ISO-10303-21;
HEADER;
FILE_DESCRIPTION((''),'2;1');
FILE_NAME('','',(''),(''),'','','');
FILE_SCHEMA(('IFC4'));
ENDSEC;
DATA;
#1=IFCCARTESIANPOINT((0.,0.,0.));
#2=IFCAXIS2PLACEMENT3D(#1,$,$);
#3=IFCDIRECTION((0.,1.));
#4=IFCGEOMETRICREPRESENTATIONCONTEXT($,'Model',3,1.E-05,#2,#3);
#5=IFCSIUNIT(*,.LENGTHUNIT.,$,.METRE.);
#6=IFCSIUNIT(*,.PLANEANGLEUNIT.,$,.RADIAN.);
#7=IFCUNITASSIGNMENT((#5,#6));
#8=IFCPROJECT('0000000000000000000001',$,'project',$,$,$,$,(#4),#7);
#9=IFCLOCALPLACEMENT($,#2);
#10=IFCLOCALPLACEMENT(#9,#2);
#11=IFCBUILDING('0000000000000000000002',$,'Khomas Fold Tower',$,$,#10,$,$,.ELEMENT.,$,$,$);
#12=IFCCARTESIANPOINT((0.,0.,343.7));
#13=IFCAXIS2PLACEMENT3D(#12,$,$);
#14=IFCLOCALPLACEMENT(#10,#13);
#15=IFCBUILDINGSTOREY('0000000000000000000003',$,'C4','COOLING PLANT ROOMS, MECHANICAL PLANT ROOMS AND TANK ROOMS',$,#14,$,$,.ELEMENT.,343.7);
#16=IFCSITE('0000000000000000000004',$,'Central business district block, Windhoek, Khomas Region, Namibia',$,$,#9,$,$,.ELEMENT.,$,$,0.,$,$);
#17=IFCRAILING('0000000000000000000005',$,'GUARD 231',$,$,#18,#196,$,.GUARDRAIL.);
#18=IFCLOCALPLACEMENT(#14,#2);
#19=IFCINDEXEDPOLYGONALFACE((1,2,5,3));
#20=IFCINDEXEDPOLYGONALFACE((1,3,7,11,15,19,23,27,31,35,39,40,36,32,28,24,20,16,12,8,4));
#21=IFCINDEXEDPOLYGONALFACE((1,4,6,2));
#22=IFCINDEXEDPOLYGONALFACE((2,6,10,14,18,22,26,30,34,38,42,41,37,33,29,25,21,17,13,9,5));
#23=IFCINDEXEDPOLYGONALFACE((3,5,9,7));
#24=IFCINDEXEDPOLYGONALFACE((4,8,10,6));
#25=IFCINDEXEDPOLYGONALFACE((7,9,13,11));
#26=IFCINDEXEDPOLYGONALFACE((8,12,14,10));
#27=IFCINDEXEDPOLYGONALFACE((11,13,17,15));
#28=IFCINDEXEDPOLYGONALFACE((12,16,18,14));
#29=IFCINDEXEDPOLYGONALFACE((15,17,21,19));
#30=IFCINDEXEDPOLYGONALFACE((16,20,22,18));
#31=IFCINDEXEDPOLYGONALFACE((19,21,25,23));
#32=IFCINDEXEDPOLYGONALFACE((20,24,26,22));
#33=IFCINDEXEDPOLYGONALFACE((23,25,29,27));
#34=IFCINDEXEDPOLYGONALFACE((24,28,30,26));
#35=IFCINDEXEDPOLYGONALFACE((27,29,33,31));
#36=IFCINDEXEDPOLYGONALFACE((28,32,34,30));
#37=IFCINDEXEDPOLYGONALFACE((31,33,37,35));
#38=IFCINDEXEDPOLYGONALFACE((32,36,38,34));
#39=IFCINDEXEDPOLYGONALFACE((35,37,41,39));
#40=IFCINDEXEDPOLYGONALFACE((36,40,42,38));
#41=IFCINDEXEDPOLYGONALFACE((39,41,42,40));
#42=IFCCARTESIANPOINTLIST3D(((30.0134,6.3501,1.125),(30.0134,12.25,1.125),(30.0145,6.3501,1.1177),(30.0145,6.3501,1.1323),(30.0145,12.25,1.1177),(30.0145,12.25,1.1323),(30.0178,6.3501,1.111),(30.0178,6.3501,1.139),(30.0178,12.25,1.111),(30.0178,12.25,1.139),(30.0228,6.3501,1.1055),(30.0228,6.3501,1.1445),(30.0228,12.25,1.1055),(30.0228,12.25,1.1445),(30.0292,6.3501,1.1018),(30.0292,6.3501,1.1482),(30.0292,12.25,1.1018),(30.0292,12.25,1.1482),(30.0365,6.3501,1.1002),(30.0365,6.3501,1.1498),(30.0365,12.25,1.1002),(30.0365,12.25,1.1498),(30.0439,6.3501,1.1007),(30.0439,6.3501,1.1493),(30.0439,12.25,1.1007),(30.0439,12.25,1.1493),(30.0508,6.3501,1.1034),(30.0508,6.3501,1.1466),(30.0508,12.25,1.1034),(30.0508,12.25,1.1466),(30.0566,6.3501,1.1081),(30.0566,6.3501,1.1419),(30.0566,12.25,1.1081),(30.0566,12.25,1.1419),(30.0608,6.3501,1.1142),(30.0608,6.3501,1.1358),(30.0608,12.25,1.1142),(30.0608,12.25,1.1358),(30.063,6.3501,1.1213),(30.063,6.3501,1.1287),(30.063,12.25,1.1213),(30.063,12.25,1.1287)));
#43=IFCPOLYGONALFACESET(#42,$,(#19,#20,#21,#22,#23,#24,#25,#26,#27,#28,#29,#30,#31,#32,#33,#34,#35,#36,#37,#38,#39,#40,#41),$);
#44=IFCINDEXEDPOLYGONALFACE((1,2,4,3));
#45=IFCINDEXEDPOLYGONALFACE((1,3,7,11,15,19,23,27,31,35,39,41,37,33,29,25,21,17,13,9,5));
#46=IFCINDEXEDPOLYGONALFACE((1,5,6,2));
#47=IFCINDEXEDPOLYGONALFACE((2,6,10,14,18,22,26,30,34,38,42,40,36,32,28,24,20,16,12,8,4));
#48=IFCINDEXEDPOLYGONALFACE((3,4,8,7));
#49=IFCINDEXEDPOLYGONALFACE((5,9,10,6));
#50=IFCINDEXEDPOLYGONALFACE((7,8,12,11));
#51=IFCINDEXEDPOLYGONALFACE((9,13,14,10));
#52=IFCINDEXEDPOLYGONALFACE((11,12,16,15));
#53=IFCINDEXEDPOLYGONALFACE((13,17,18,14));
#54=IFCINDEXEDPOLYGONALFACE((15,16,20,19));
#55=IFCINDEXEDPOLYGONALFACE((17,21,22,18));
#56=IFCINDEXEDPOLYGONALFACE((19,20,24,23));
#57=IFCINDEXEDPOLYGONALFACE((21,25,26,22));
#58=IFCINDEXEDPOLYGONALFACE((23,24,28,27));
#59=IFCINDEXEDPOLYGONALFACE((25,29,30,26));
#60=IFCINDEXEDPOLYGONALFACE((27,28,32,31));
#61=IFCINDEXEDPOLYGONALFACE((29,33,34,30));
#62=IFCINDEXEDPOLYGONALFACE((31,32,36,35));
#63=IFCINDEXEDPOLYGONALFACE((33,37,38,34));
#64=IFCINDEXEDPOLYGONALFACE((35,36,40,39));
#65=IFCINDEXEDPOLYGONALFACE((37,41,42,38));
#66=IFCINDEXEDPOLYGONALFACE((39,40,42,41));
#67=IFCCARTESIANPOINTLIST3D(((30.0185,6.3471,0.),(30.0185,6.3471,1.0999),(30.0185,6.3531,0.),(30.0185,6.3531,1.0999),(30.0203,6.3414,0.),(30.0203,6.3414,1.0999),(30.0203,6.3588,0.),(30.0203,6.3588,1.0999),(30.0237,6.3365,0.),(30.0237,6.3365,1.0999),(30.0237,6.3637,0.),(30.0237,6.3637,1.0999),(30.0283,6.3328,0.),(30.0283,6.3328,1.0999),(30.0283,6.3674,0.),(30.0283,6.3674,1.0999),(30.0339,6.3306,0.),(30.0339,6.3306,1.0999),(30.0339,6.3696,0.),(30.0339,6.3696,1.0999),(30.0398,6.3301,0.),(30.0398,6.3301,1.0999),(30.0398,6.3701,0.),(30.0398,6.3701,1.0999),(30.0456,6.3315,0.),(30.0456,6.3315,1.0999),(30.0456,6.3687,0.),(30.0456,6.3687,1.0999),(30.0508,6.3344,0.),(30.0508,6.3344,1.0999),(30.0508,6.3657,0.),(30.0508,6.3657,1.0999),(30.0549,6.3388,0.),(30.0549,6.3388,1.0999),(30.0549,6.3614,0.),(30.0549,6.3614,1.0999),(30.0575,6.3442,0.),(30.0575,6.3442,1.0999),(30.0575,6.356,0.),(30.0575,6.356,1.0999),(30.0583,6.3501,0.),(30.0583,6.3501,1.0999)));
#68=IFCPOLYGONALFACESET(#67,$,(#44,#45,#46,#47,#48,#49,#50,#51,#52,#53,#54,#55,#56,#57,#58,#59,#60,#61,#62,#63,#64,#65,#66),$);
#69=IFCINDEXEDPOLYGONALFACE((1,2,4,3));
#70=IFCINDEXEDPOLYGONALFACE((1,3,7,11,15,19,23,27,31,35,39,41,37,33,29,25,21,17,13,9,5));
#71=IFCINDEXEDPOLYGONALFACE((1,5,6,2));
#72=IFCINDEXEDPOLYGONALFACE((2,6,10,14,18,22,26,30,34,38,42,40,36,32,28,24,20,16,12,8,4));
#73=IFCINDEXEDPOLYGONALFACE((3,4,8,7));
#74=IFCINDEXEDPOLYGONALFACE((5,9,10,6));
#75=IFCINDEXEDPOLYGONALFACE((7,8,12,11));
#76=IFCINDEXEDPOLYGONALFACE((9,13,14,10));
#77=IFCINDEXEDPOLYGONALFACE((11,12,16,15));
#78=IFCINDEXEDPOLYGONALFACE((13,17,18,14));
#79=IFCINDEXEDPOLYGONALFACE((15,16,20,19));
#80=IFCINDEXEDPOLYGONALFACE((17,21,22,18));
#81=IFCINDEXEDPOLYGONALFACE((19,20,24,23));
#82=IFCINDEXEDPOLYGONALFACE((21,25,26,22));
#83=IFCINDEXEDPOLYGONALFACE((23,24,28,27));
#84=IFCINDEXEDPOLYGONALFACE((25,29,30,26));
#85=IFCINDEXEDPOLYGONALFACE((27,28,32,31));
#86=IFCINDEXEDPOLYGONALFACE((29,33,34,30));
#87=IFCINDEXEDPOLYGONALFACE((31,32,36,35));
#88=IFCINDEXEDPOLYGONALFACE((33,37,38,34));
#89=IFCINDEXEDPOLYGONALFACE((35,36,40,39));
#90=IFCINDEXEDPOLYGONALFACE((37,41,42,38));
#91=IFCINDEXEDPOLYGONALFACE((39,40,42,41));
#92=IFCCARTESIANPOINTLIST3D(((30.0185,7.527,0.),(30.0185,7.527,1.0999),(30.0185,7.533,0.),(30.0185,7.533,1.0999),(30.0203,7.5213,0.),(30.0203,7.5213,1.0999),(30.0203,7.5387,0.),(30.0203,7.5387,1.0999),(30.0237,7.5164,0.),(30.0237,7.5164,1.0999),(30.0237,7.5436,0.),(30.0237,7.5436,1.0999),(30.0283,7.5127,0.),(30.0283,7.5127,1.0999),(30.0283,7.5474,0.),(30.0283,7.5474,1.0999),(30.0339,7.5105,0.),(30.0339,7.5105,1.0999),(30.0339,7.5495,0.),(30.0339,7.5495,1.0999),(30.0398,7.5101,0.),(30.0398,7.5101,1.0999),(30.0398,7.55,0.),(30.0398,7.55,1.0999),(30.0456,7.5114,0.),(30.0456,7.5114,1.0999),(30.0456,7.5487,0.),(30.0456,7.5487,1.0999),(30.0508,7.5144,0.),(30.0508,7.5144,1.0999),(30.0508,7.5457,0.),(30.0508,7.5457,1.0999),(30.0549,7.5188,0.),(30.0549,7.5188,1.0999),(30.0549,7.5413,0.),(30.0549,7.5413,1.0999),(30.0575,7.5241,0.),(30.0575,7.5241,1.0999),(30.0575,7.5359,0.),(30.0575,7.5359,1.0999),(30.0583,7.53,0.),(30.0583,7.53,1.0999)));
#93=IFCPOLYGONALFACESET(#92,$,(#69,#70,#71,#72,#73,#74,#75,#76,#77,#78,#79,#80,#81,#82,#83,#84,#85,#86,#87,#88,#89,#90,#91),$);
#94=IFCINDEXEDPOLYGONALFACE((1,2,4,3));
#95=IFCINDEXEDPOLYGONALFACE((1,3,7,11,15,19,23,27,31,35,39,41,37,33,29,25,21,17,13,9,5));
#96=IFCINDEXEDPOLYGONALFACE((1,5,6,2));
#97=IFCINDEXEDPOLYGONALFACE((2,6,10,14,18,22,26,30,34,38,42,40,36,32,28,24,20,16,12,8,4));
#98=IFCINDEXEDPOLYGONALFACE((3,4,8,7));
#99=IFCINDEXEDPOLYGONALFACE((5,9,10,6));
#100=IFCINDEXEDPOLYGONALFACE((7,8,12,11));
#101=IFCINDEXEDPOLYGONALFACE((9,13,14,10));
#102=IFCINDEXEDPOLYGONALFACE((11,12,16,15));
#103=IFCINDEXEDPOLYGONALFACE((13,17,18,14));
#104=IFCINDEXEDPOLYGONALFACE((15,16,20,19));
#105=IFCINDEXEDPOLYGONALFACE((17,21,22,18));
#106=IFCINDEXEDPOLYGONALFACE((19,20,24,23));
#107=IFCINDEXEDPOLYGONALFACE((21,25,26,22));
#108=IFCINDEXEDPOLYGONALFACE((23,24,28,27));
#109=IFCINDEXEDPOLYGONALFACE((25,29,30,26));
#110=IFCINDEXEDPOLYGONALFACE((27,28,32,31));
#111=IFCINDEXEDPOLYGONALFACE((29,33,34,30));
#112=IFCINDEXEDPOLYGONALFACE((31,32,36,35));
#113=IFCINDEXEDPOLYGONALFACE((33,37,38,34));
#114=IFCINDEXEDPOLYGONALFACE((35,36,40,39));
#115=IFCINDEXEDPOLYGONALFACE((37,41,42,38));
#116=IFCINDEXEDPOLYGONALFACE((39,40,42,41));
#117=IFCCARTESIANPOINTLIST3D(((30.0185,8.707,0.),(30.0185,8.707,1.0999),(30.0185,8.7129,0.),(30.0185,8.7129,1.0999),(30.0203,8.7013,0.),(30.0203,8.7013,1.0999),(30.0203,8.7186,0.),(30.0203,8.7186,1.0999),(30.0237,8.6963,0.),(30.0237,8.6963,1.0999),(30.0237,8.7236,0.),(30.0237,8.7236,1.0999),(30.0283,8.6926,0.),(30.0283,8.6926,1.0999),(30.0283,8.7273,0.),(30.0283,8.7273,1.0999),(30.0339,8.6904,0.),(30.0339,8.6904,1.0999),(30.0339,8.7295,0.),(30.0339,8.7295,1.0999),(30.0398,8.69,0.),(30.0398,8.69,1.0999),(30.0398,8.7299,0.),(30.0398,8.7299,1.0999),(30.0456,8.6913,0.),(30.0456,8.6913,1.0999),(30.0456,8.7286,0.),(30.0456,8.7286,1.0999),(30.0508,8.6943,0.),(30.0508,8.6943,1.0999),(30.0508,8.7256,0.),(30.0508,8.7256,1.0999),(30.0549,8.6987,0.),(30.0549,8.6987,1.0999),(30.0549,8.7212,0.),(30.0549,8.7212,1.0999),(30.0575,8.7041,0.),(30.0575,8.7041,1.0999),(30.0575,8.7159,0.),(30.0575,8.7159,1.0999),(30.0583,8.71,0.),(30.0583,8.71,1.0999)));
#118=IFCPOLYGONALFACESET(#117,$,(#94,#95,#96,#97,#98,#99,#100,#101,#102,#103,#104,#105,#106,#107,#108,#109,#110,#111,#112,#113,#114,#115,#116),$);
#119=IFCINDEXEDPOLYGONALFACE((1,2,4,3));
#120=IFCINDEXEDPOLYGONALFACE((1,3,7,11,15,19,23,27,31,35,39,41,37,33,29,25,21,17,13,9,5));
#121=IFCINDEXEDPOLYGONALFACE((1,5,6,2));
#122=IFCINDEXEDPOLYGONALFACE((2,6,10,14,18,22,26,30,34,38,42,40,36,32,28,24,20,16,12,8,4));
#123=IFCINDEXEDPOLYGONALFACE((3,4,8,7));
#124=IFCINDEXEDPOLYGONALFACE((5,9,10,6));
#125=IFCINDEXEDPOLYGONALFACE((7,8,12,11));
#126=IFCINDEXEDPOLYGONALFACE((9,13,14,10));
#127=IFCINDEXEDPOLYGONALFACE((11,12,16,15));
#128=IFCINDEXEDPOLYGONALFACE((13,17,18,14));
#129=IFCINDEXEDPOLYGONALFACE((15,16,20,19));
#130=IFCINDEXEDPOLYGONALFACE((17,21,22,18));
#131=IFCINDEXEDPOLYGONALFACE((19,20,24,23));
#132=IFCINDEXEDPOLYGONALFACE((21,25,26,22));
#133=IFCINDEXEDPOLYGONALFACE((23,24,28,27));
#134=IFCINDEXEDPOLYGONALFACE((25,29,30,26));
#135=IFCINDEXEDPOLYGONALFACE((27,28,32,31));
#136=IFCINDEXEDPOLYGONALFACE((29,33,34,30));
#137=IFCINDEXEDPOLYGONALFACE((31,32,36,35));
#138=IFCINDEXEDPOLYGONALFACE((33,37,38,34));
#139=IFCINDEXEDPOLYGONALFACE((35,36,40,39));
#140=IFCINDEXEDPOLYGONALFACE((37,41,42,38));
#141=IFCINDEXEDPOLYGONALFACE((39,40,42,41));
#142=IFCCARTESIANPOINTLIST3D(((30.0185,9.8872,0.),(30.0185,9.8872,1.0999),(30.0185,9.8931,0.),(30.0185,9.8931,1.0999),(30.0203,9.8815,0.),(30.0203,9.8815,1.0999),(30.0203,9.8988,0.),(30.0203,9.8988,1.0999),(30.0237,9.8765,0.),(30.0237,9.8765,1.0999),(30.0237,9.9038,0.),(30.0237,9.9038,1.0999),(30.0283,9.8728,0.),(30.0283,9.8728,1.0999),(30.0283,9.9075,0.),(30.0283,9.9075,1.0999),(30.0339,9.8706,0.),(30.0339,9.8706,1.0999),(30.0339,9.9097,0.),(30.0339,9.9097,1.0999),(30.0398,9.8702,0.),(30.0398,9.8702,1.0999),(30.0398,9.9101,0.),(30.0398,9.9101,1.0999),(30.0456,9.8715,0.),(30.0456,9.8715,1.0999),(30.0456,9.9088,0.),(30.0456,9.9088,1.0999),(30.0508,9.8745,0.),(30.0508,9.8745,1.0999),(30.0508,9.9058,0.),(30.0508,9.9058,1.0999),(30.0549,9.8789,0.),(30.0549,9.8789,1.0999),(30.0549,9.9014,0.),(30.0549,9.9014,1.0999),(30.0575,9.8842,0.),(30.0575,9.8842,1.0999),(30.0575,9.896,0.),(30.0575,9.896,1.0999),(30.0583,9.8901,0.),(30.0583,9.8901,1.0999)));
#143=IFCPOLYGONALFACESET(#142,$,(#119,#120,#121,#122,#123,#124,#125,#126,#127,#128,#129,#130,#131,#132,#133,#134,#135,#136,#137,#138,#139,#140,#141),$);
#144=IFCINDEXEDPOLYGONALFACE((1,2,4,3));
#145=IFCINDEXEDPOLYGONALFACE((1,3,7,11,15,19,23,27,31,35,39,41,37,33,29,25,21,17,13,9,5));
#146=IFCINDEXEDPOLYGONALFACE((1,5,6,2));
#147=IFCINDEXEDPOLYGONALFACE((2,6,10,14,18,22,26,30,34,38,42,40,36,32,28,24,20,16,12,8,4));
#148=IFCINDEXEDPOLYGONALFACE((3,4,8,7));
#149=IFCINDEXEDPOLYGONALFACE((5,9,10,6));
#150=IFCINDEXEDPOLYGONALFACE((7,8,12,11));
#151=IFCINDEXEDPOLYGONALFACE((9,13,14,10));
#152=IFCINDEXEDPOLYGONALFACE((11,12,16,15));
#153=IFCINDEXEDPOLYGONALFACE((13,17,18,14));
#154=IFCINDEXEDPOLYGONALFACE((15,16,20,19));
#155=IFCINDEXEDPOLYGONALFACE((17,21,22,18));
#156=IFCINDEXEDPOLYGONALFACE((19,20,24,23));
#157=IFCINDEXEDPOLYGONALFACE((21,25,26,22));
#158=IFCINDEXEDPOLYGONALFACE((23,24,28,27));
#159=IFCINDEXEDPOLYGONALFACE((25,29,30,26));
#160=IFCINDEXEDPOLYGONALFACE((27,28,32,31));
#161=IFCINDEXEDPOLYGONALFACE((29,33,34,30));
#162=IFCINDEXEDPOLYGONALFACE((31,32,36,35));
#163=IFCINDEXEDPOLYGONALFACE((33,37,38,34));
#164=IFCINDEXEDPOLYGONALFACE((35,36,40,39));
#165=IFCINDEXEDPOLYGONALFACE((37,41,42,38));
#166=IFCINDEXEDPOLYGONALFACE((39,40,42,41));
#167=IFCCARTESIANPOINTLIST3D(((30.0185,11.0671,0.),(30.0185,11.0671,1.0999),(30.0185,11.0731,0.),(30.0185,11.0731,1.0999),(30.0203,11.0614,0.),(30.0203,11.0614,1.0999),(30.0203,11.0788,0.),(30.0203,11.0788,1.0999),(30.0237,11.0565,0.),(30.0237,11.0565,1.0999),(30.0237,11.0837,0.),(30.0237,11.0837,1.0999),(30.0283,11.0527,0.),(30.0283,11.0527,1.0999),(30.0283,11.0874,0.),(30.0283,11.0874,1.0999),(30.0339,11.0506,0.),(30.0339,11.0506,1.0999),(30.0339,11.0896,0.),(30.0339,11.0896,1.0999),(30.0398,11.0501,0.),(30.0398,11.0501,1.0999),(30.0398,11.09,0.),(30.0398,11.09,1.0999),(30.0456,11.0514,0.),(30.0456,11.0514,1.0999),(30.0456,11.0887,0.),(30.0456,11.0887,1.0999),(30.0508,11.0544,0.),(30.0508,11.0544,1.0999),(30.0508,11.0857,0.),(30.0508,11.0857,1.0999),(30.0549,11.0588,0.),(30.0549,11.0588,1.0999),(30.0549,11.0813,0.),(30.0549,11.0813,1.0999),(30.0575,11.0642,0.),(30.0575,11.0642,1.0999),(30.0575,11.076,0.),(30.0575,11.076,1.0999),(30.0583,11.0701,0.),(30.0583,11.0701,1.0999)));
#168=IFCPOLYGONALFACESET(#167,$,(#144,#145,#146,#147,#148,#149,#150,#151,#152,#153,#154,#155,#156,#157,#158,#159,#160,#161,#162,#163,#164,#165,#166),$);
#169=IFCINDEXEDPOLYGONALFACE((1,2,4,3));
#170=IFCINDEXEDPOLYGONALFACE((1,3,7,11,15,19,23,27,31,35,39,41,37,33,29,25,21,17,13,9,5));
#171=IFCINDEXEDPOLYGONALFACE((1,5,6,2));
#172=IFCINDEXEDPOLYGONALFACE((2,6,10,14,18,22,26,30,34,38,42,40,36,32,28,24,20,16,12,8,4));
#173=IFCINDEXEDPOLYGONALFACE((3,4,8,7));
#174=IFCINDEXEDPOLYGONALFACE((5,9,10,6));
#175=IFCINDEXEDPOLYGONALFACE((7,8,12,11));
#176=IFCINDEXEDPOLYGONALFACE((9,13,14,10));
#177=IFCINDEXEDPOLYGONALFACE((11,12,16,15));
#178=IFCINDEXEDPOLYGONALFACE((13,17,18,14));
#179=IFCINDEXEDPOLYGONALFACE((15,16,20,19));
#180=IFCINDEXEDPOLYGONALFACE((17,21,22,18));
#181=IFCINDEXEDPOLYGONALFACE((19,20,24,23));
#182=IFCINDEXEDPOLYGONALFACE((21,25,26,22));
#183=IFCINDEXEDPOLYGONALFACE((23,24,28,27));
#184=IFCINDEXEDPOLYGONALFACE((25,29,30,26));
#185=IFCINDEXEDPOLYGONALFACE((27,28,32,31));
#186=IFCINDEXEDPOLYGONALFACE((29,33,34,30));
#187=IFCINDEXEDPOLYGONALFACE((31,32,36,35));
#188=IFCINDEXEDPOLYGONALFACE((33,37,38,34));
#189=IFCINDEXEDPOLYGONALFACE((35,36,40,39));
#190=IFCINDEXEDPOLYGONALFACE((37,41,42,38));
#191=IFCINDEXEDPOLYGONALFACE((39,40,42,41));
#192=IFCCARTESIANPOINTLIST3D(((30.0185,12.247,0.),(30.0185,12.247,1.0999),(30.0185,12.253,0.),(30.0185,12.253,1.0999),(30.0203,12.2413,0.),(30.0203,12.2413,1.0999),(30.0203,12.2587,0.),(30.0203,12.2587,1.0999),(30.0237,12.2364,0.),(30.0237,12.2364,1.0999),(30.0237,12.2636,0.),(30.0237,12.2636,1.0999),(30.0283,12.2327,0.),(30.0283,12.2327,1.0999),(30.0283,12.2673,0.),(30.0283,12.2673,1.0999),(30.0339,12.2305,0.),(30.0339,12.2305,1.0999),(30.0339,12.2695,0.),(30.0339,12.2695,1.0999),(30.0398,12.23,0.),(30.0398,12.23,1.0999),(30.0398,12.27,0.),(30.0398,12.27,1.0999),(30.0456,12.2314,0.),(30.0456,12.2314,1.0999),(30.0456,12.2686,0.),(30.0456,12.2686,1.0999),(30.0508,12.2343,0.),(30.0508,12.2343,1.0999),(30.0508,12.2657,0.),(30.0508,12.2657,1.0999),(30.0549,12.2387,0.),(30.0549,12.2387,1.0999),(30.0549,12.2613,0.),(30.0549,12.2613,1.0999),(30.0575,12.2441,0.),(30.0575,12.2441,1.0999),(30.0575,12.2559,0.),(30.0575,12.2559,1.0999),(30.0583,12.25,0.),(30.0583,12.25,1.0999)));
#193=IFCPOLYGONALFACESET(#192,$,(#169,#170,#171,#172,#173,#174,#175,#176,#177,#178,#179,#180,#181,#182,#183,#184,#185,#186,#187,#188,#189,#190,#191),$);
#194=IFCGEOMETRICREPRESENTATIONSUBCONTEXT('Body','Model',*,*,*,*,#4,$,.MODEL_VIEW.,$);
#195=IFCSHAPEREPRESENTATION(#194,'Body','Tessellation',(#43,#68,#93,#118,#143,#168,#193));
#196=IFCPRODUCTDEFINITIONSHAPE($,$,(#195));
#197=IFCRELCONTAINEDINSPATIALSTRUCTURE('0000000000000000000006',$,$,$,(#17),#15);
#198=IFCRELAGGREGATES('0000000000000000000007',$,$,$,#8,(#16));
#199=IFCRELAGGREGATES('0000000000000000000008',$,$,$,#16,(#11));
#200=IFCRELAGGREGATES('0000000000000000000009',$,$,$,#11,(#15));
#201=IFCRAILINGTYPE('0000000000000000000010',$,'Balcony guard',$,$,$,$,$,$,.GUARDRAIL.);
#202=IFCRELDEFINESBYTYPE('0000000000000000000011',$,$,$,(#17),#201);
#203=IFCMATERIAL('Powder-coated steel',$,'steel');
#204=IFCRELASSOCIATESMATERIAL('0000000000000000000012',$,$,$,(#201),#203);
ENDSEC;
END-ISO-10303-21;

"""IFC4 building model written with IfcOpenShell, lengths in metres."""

from ifc_helpers import new_model, si_unit, direction, frame, origin, origin_2d, place, context, subcontext, project, spatial, circle, extrude, source, transform, mapped, material, type_object, element, save


model = new_model("IFC4")

# Units and contexts
model_context = context("Model", 3, precision=1e-05, world=origin(), true_north=direction((0.0, 1.0)))
body_context = subcontext(model_context, "Body", "Model", "MODEL_VIEW")
ifc_project = project(units=[si_unit("LENGTHUNIT", "METRE"), si_unit("PLANEANGLEUNIT", "RADIAN")], contexts=[model_context])

# Site, building, storey
site_placement = place(None, origin())
site = spatial("IfcSite", under=ifc_project, at=site_placement, Name="Central business district block, Windhoek, Khomas Region, Namibia", CompositionType="ELEMENT", RefElevation=0.0)
building_placement = place(site_placement, origin())
building = spatial("IfcBuilding", under=site, at=building_placement, Name="Khomas Fold Tower", CompositionType="ELEMENT")
storey_placement = place(building_placement, frame((0.0, 0.0, 343.7)))
storey = spatial("IfcBuildingStorey", under=building, at=storey_placement, Name="C4", Description="COOLING PLANT ROOMS, MECHANICAL PLANT ROOMS AND TANK ROOMS", CompositionType="ELEMENT", Elevation=343.7)

# Railing
ifc_material_1 = material(Name="Powder-coated steel", Category="steel")
railing_type_1 = type_object("IfcRailingType", Name="Balcony guard", PredefinedType="GUARDRAIL", material=ifc_material_1)
shared_shape_1 = source(origin(), body_context, "Body", "SweptSolid", [
    extrude(circle(Radius=0.0249, at=origin_2d()), frame((0.0, 0.0, 1.125), z_axis=(0.0, 1.0, 0.0), x_axis=(-1.0, 0.0, 0.0)), (0.0, 0.0, 1.0), 5.8999),
    extrude(circle(Radius=0.02, at=origin_2d()), origin(), (0.0, 0.0, 1.0), 1.0999),
    extrude(circle(Radius=0.02, at=origin_2d()), frame((0.0, 1.1799, 0.0)), (0.0, 0.0, 1.0), 1.0999),
    extrude(circle(Radius=0.02, at=origin_2d()), frame((0.0, 2.3599, 0.0)), (0.0, 0.0, 1.0), 1.0999),
    extrude(circle(Radius=0.02, at=origin_2d()), frame((0.0, 3.54, 0.0)), (0.0, 0.0, 1.0), 1.0999),
    extrude(circle(Radius=0.02, at=origin_2d()), frame((0.0, 4.72, 0.0)), (0.0, 0.0, 1.0), 1.0999),
    extrude(circle(Radius=0.02, at=origin_2d()), frame((0.0, 5.8999, 0.0)), (0.0, 0.0, 1.0), 1.0999),
])
railing_1_placement = place(storey_placement, frame((30.0383, 6.3501, 0.0)))
element("IfcRailing", 1, at=railing_1_placement, inside=storey, type_object=railing_type_1, Name="GUARD 231", PredefinedType="GUARDRAIL", context=body_context, shape_type="MappedRepresentation", body=[
    mapped(shared_shape_1, transform((0.0, 0.0, 0.0))),
])

save(model, "model.ifc")
